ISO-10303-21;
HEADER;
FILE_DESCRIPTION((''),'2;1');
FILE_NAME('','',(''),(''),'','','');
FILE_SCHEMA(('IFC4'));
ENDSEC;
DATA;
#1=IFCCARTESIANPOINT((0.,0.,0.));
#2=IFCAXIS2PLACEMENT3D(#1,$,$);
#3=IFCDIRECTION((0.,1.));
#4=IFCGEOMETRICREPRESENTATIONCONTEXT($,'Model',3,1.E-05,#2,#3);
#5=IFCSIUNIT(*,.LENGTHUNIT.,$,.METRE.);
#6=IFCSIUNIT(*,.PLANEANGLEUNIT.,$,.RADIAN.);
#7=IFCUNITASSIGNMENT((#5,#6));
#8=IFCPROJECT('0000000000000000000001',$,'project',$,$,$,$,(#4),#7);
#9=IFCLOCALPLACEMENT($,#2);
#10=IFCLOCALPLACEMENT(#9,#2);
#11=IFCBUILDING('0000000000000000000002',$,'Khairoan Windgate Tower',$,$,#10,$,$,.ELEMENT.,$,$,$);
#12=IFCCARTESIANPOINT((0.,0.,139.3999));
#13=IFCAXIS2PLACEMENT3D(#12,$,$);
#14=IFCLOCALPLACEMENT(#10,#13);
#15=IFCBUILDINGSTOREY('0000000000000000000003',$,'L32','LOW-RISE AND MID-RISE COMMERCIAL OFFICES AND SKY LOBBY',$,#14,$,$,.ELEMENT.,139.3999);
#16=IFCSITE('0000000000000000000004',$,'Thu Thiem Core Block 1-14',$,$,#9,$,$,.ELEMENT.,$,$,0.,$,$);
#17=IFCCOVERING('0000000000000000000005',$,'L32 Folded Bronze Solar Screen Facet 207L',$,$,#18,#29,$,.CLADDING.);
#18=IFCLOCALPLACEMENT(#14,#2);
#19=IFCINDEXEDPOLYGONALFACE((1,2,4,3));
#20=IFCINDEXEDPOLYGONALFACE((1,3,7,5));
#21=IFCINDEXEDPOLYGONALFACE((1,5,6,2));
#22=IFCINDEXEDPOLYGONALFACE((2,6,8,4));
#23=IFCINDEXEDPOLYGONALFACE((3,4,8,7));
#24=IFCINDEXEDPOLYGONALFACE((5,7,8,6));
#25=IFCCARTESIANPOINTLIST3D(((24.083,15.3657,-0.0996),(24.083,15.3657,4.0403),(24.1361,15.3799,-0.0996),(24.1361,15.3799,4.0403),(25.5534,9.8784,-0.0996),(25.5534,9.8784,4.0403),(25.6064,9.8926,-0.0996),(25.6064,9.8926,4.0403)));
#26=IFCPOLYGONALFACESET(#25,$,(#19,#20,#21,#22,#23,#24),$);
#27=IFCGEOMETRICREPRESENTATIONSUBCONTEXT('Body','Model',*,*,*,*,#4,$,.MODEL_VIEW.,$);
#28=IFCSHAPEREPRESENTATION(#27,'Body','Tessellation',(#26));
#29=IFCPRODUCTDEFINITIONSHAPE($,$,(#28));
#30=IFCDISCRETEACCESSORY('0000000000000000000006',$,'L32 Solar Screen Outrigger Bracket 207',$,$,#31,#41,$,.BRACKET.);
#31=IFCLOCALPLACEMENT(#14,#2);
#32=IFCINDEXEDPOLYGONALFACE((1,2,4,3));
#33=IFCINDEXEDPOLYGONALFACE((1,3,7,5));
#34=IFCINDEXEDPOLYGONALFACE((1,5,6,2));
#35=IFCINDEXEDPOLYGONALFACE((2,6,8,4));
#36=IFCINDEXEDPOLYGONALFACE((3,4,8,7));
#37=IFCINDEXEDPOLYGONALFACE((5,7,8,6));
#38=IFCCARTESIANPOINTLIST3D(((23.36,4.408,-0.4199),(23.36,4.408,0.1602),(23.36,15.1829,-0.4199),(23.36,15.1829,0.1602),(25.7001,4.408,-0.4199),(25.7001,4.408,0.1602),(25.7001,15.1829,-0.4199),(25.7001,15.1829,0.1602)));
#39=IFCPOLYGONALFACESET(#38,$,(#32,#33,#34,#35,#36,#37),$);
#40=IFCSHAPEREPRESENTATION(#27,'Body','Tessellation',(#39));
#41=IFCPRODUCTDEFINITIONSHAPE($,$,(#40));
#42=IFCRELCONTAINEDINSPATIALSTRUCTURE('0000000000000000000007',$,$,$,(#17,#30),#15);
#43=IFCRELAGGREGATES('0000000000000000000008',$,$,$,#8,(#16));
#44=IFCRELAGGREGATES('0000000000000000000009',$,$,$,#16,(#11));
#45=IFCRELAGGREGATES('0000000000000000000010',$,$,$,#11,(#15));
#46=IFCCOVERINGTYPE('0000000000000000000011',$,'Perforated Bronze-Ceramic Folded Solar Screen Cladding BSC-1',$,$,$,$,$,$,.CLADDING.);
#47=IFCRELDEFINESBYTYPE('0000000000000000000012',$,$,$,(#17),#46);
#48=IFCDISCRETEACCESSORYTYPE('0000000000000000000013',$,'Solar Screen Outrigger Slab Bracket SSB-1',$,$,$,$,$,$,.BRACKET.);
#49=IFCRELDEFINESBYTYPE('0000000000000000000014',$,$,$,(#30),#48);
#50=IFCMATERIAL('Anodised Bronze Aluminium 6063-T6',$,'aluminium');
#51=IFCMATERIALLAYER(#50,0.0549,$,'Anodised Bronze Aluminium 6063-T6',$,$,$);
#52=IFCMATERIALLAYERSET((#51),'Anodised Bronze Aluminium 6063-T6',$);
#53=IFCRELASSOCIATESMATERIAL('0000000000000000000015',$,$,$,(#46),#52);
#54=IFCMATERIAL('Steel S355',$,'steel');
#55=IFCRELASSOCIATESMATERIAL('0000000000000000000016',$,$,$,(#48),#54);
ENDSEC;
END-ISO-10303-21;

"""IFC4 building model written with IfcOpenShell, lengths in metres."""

from ifc_helpers import new_model, si_unit, direction, frame, origin, origin_2d, place, context, subcontext, project, spatial, rectangle, extrude, material, layer, layer_set, type_object, element, save


model = new_model("IFC4")

# Units and contexts
model_context = context("Model", 3, precision=1e-05, world=origin(), true_north=direction((0.0, 1.0)))
body_context = subcontext(model_context, "Body", "Model", "MODEL_VIEW")
ifc_project = project(units=[si_unit("LENGTHUNIT", "METRE"), si_unit("PLANEANGLEUNIT", "RADIAN")], contexts=[model_context])

# Site, building, storey
site_placement = place(None, origin())
site = spatial("IfcSite", under=ifc_project, at=site_placement, Name="Thu Thiem Core Block 1-14", CompositionType="ELEMENT", RefElevation=0.0)
building_placement = place(site_placement, origin())
building = spatial("IfcBuilding", under=site, at=building_placement, Name="Khairoan Windgate Tower", CompositionType="ELEMENT")
storey_placement = place(building_placement, frame((0.0, 0.0, 139.3999)))
storey = spatial("IfcBuildingStorey", under=building, at=storey_placement, Name="L32", Description="LOW-RISE AND MID-RISE COMMERCIAL OFFICES AND SKY LOBBY", CompositionType="ELEMENT", Elevation=139.3999)

# Covering
ifc_material_1 = material(Name="Anodised Bronze Aluminium 6063-T6", Category="aluminium")
ifc_layer_1 = layer(ifc_material_1, 0.0549, Name="Anodised Bronze Aluminium 6063-T6")
ifc_layer_set_1 = layer_set([ifc_layer_1], Name="Anodised Bronze Aluminium 6063-T6")
covering_type = type_object("IfcCoveringType", Name="Perforated Bronze-Ceramic Folded Solar Screen Cladding BSC-1", PredefinedType="CLADDING", material=ifc_layer_set_1)
covering_placement = place(storey_placement, frame((24.8447, 12.6292, -0.0996), z_axis=(0.0, 0.0, 1.0), x_axis=(0.258819, -0.965926, 0.0)))
element("IfcCovering", 1, at=covering_placement, inside=storey, type_object=covering_type, Name="L32 Folded Bronze Solar Screen Facet 207L", PredefinedType="CLADDING", context=body_context, shape_type="SweptSolid", body=[
    extrude(rectangle(XDim=5.6809, YDim=0.0549, at=origin_2d()), origin(), (0.0, 0.0, 1.0), 4.1399),
])

# Discrete accessory
ifc_material_2 = material(Name="Steel S355", Category="steel")
discrete_accessory_type = type_object("IfcDiscreteAccessoryType", Name="Solar Screen Outrigger Slab Bracket SSB-1", PredefinedType="BRACKET", material=ifc_material_2)
discrete_accessory_placement = place(storey_placement, frame((24.53, 9.7954, -0.4199), z_axis=(0.0, 0.0, 1.0), x_axis=(0.0, -1.0, 0.0)))
element("IfcDiscreteAccessory", 2, at=discrete_accessory_placement, inside=storey, type_object=discrete_accessory_type, Name="L32 Solar Screen Outrigger Bracket 207", PredefinedType="BRACKET", context=body_context, shape_type="SweptSolid", body=[
    extrude(rectangle(XDim=10.7749, YDim=2.3401, at=origin_2d()), origin(), (0.0, 0.0, 1.0), 0.5801),
])

save(model, "model.ifc")
